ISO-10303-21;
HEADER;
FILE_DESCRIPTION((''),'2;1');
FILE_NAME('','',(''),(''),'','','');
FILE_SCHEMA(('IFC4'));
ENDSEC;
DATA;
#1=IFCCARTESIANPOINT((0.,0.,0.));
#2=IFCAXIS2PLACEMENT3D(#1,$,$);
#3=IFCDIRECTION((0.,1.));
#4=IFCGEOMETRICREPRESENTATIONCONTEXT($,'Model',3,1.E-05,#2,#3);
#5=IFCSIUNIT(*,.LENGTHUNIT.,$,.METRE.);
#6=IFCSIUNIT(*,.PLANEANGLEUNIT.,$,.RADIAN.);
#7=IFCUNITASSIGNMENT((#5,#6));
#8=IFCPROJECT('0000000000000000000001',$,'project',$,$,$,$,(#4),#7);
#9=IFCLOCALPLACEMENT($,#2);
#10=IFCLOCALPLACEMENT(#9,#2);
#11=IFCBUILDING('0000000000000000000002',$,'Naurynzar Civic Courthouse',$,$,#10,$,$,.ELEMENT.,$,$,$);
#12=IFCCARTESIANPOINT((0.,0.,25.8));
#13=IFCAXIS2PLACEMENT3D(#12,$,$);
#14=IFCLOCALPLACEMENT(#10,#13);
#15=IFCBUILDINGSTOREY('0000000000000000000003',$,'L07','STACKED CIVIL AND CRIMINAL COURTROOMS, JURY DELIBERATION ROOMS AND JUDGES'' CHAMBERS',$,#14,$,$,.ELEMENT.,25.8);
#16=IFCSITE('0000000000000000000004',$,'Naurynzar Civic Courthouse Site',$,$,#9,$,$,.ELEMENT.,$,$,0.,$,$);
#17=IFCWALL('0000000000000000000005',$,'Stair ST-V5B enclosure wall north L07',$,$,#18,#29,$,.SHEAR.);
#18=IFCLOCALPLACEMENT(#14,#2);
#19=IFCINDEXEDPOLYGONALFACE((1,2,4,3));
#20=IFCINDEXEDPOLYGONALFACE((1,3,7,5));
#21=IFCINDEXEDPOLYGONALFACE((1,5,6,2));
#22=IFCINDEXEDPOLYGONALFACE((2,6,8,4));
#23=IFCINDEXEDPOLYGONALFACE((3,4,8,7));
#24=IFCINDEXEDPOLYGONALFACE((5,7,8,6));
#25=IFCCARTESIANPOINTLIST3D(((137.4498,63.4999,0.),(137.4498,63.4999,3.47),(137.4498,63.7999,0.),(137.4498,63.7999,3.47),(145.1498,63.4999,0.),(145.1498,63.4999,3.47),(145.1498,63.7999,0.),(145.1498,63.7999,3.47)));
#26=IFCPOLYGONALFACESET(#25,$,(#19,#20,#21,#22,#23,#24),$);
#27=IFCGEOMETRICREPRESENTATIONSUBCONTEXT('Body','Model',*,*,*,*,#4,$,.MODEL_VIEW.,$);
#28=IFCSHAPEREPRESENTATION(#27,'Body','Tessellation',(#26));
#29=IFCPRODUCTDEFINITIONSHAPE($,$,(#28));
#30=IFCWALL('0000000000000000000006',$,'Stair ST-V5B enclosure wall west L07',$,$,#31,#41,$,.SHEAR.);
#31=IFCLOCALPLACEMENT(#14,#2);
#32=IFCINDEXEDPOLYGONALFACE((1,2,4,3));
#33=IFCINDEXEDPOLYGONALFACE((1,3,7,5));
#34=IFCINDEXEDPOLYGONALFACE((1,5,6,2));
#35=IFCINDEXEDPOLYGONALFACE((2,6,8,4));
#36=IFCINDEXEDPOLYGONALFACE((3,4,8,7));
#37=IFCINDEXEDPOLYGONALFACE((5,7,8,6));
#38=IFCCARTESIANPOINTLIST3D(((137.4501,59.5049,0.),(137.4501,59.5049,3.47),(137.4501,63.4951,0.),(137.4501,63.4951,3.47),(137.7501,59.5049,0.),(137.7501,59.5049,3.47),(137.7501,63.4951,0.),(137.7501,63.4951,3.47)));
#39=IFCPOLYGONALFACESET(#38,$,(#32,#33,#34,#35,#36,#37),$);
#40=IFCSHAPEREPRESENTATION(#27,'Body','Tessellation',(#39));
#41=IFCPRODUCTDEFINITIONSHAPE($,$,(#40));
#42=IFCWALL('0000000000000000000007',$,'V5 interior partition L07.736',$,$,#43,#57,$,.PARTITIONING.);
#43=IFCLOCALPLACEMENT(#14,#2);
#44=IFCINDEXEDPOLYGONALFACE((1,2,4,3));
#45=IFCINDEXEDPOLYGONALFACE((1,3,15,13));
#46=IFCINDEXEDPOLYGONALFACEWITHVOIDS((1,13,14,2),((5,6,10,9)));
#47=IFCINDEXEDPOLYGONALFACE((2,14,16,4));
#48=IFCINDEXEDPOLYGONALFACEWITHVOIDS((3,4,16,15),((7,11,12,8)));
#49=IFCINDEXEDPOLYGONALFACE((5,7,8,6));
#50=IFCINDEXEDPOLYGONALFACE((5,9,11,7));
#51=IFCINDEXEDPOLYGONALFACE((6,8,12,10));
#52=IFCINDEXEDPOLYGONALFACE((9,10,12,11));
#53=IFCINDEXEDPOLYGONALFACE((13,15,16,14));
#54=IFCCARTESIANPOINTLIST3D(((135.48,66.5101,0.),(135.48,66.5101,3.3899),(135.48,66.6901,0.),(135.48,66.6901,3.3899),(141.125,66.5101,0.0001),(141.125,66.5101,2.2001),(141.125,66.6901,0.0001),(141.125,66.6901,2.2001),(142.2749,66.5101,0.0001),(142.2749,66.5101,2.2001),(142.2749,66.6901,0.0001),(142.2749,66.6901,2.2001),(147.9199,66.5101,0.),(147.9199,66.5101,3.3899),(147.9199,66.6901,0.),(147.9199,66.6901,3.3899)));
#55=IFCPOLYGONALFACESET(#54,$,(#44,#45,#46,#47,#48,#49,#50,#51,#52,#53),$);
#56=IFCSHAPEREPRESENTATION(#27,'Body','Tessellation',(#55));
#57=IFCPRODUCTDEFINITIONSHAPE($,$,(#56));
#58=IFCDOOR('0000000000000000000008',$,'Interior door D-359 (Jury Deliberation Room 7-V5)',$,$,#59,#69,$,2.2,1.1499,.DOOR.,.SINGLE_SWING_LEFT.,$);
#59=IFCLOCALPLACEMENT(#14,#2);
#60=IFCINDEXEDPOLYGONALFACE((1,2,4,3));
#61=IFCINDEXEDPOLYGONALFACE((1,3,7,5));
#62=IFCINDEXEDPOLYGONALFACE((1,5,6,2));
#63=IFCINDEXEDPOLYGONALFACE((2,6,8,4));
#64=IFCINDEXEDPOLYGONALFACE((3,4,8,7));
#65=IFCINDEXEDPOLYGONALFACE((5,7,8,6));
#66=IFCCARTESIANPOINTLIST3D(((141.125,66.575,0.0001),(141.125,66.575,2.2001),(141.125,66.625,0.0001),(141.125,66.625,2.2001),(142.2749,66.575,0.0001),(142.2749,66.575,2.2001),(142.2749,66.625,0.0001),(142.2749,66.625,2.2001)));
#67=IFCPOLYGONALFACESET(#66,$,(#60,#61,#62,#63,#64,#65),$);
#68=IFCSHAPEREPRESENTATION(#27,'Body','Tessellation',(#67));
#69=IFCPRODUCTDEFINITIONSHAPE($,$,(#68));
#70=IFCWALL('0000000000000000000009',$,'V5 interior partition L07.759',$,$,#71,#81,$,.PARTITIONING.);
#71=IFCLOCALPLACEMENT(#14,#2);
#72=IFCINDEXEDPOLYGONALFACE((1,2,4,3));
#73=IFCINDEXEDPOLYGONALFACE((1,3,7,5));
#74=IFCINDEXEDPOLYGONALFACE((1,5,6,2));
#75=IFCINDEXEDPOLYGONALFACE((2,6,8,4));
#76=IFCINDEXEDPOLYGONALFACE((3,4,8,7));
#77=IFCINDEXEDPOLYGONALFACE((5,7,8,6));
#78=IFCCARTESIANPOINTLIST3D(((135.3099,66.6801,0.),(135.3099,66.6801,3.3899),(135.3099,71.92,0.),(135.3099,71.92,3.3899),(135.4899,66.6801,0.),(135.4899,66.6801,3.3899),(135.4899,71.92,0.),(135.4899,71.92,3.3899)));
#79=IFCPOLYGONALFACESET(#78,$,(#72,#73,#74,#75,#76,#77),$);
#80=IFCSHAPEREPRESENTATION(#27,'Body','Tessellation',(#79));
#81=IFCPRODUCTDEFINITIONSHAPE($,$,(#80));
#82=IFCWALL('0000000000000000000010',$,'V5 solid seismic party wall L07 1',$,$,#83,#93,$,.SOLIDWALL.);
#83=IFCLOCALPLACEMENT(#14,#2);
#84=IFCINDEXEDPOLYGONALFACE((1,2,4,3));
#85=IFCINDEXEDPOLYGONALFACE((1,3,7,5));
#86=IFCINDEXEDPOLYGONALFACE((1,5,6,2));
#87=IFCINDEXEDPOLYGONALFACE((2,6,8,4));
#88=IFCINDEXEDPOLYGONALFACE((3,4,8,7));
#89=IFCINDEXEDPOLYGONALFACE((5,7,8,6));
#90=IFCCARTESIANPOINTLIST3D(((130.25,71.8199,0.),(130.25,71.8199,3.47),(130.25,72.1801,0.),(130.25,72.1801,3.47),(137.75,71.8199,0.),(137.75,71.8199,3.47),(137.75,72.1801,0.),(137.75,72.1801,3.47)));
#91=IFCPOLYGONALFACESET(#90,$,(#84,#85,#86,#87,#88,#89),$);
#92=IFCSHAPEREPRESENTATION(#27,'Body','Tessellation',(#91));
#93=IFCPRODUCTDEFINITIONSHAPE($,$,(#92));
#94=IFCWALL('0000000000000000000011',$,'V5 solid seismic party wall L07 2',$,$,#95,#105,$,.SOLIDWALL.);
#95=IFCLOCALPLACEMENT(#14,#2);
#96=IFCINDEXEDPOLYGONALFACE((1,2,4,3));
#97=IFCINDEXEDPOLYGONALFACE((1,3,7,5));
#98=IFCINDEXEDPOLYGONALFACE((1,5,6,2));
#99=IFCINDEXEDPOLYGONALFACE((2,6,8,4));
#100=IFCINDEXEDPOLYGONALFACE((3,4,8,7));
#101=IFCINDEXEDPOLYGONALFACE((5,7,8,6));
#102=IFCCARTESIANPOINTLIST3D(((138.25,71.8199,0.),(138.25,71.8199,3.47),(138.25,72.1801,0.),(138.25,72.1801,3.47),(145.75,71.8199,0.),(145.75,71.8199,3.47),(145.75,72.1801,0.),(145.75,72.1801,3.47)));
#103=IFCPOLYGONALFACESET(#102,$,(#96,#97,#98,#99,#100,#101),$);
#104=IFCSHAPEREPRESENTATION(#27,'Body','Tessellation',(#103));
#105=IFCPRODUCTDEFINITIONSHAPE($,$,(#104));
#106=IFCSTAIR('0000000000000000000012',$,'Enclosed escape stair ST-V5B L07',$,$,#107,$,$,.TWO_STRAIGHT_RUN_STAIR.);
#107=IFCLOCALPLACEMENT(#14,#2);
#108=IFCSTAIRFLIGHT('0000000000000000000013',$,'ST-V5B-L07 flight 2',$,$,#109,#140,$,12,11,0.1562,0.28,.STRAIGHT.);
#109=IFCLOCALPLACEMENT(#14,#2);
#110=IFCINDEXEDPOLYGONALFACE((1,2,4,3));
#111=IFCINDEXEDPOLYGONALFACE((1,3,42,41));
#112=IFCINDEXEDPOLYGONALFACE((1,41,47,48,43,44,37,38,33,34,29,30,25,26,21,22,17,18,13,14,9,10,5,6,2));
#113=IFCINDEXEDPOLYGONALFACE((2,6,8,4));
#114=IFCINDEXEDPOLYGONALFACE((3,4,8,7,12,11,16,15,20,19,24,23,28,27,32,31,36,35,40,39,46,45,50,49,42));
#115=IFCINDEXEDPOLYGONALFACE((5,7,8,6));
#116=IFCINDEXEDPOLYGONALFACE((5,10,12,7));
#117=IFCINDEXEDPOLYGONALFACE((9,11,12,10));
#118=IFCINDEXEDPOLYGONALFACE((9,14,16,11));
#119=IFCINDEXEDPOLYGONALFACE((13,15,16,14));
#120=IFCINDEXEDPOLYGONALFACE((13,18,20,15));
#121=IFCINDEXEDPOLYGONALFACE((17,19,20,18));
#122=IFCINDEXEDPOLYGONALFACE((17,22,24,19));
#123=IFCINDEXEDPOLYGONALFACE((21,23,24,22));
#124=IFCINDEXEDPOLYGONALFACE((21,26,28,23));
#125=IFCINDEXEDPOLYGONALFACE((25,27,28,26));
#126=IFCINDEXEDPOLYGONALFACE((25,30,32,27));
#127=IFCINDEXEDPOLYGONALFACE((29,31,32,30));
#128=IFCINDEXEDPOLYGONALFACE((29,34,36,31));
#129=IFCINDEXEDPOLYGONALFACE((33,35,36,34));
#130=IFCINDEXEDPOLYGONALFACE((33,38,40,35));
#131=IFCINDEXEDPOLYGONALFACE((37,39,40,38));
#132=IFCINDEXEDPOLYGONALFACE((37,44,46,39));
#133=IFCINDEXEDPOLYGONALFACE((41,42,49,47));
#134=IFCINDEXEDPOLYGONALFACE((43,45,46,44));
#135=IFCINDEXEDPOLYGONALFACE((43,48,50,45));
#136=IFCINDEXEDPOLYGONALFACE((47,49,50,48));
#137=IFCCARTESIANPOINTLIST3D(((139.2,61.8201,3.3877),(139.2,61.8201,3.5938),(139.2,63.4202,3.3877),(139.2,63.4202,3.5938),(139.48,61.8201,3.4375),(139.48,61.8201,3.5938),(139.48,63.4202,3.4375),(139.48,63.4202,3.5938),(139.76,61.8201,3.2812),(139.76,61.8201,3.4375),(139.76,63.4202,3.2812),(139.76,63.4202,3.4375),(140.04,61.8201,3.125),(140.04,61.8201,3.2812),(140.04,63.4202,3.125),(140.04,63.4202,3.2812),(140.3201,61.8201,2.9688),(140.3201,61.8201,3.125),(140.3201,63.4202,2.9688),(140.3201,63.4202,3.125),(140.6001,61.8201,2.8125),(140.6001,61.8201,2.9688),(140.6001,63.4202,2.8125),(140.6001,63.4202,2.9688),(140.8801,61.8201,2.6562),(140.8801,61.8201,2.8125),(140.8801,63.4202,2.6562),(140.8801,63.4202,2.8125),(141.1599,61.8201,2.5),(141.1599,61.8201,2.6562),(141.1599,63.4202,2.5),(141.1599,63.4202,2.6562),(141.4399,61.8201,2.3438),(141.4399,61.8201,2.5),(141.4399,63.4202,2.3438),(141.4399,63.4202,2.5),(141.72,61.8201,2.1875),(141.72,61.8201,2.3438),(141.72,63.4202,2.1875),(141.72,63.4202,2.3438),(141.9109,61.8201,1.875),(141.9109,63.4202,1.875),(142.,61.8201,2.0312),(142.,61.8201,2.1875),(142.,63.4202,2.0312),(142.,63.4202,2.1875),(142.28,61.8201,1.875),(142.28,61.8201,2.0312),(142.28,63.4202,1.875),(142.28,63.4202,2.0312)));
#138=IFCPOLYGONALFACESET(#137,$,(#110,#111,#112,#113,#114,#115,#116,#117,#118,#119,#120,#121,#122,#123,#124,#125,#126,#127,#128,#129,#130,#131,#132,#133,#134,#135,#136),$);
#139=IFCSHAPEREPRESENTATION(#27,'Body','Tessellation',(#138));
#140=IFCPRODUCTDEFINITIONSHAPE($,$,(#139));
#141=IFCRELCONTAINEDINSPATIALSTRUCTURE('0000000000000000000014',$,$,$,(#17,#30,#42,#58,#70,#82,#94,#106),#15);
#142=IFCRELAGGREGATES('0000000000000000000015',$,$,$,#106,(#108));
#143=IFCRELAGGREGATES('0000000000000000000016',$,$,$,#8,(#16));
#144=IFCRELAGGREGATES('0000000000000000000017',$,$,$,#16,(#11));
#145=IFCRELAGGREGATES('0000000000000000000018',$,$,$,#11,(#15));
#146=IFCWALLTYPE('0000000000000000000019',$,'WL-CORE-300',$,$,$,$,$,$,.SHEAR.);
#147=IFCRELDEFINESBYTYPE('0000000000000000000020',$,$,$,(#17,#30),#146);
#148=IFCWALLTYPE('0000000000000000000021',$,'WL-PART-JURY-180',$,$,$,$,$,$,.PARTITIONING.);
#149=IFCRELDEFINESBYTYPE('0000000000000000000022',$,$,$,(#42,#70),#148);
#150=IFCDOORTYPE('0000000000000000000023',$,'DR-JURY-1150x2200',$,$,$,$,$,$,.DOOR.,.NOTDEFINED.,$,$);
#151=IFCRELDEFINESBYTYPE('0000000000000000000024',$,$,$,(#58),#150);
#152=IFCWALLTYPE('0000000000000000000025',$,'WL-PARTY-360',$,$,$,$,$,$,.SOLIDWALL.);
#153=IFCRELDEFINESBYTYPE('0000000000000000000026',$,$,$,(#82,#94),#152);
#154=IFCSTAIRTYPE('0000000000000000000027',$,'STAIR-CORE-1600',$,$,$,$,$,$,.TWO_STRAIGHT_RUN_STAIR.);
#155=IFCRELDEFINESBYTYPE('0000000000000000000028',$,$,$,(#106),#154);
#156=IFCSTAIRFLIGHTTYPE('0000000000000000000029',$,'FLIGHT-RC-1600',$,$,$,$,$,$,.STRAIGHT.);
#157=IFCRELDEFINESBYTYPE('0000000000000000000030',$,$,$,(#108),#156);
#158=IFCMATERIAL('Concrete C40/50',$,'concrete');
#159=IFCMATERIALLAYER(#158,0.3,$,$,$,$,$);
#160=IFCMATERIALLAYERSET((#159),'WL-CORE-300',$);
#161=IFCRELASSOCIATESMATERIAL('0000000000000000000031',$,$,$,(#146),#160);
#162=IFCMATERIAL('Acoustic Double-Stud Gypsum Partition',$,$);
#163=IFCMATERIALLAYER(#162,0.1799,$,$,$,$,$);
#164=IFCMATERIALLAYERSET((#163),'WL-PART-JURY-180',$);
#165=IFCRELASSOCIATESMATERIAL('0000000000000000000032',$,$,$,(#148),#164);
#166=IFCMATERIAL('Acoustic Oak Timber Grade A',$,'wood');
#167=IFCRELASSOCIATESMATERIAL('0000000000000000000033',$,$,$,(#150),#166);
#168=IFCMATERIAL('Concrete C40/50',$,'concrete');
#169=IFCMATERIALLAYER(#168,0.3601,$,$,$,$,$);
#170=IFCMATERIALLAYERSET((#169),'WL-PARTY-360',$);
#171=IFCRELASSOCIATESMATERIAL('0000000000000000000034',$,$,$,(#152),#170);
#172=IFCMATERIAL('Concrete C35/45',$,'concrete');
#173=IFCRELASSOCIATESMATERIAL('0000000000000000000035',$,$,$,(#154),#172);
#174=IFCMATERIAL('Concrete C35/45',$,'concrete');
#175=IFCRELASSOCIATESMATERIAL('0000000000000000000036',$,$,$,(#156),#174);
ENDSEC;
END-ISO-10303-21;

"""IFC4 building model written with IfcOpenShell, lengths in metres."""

from ifc_helpers import new_model, si_unit, direction, frame, frame_2d, origin, place, context, subcontext, project, spatial, polyline, rectangle, outline, extrude, material, layer, layer_set, type_object, element, fill, aggregate, save


model = new_model("IFC4")

# Units and contexts
model_context = context("Model", 3, precision=1e-05, world=origin(), true_north=direction((0.0, 1.0)))
body_context = subcontext(model_context, "Body", "Model", "MODEL_VIEW")
ifc_project = project(units=[si_unit("LENGTHUNIT", "METRE"), si_unit("PLANEANGLEUNIT", "RADIAN")], contexts=[model_context])

# Site, building, storey
site_placement = place(None, origin())
site = spatial("IfcSite", under=ifc_project, at=site_placement, Name="Naurynzar Civic Courthouse Site", CompositionType="ELEMENT", RefElevation=0.0)
building_placement = place(site_placement, origin())
building = spatial("IfcBuilding", under=site, at=building_placement, Name="Naurynzar Civic Courthouse", CompositionType="ELEMENT")
storey_placement = place(building_placement, frame((0.0, 0.0, 25.8)))
storey = spatial("IfcBuildingStorey", under=building, at=storey_placement, Name="L07", Description="STACKED CIVIL AND CRIMINAL COURTROOMS, JURY DELIBERATION ROOMS AND JUDGES' CHAMBERS", CompositionType="ELEMENT", Elevation=25.8)

# Walls
ifc_material_1 = material(Name="Concrete C40/50", Category="concrete")
ifc_layer_1 = layer(ifc_material_1, 0.3)
ifc_layer_set_1 = layer_set([ifc_layer_1], Name="WL-CORE-300")
wall_type_1 = type_object("IfcWallType", Name="WL-CORE-300", PredefinedType="SHEAR", material=ifc_layer_set_1)
wall_1_placement = place(storey_placement, frame((145.1499, 63.6499, 0.0), z_axis=(0.0, 0.0, 1.0), x_axis=(-1.0, 0.0, 0.0)))
element("IfcWall", 1, at=wall_1_placement, inside=storey, type_object=wall_type_1, Name="Stair ST-V5B enclosure wall north L07", PredefinedType="SHEAR", context=body_context, shape_type="SweptSolid", body=[
    extrude(rectangle(XDim=7.7, YDim=0.3, at=frame_2d((3.8501, 0.0))), origin(), (0.0, 0.0, 1.0), 3.47),
])
wall_2_placement = place(storey_placement, frame((137.6001, 63.4951, 0.0), z_axis=(0.0, 0.0, 1.0), x_axis=(0.0, -1.0, 0.0)))
element("IfcWall", 2, at=wall_2_placement, inside=storey, type_object=wall_type_1, Name="Stair ST-V5B enclosure wall west L07", PredefinedType="SHEAR", context=body_context, shape_type="SweptSolid", body=[
    extrude(rectangle(XDim=3.9902, YDim=0.3, at=frame_2d((1.9951, 0.0))), origin(), (0.0, 0.0, 1.0), 3.47),
])

# Wall, opening, door
ifc_material_2 = material(Name="Acoustic Double-Stud Gypsum Partition")
ifc_layer_2 = layer(ifc_material_2, 0.1799)
ifc_layer_set_2 = layer_set([ifc_layer_2], Name="WL-PART-JURY-180")
wall_type_2 = type_object("IfcWallType", Name="WL-PART-JURY-180", PredefinedType="PARTITIONING", material=ifc_layer_set_2)
wall_3_placement = place(storey_placement, frame((135.48, 66.6001, 0.0), z_axis=(0.0, 0.0, 1.0), x_axis=(1.0, 0.0, 0.0)))
wall_3 = element("IfcWall", 3, at=wall_3_placement, inside=storey, type_object=wall_type_2, Name="V5 interior partition L07.736", PredefinedType="PARTITIONING", context=body_context, shape_type="SweptSolid", body=[
    extrude(rectangle(XDim=12.4399, YDim=0.1799, at=frame_2d((6.22, 0.0))), origin(), (0.0, 0.0, 1.0), 3.3899),
])
opening_1_placement = place(wall_3_placement, frame((5.645, 0.0, 0.0)))
opening_1 = element("IfcOpeningElement", 4, at=opening_1_placement, cuts=wall_3, PredefinedType="OPENING", context=body_context, shape_type="SweptSolid", body=[
    extrude(rectangle(XDim=1.1499, YDim=2.2, at=frame_2d((0.575, 1.1001))), frame((0.0, 0.0999, 0.0), z_axis=(0.0, -1.0, 0.0), x_axis=(1.0, 0.0, 0.0)), (0.0, 0.0, 1.0), 0.2),
])
ifc_material_3 = material(Name="Acoustic Oak Timber Grade A", Category="wood")
door_type_1 = type_object("IfcDoorType", Name="DR-JURY-1150x2200", OperationType="NOTDEFINED", PredefinedType="DOOR", material=ifc_material_3)
door_1_placement = place(opening_1_placement, origin())
door_1 = element("IfcDoor", 5, at=door_1_placement, inside=storey, type_object=door_type_1, Name="Interior door D-359 (Jury Deliberation Room 7-V5)", OperationType="SINGLE_SWING_LEFT", OverallHeight=2.2, OverallWidth=1.1499, PredefinedType="DOOR", context=body_context, shape_type="SweptSolid", body=[
    extrude(rectangle(XDim=1.1499, YDim=2.2, at=frame_2d((0.575, 1.1001))), frame((0.0, 0.0249, 0.0), z_axis=(0.0, -1.0, 0.0), x_axis=(1.0, 0.0, 0.0)), (0.0, 0.0, 1.0), 0.05),
])
fill(opening_1, door_1)

# Walls
wall_4_placement = place(storey_placement, frame((135.3999, 66.6799, 0.0), z_axis=(0.0, 0.0, 1.0), x_axis=(0.0, 1.0, 0.0)))
element("IfcWall", 6, at=wall_4_placement, inside=storey, type_object=wall_type_2, Name="V5 interior partition L07.759", PredefinedType="PARTITIONING", context=body_context, shape_type="SweptSolid", body=[
    extrude(rectangle(XDim=5.24, YDim=0.1799, at=frame_2d((2.6201, 0.0))), origin(), (0.0, 0.0, 1.0), 3.3899),
])
ifc_material_4 = material(Name="Concrete C40/50", Category="concrete")
ifc_layer_3 = layer(ifc_material_4, 0.3601)
ifc_layer_set_3 = layer_set([ifc_layer_3], Name="WL-PARTY-360")
wall_type_3 = type_object("IfcWallType", Name="WL-PARTY-360", PredefinedType="SOLIDWALL", material=ifc_layer_set_3)
for number, where, z_axis, x_axis, name in (
    (7, (130.25, 72.0, 0.0), (0.0, 0.0, 1.0), (1.0, 0.0, 0.0), "V5 solid seismic party wall L07 1"),
    (8, (138.25, 72.0, 0.0), (0.0, 0.0, 1.0), (1.0, 0.0, 0.0), "V5 solid seismic party wall L07 2"),
):
    element("IfcWall", number, at=place(storey_placement, frame(where, z_axis=z_axis, x_axis=x_axis)), inside=storey, type_object=wall_type_3, Name=name, PredefinedType="SOLIDWALL", context=body_context, shape_type="SweptSolid", body=[
        extrude(rectangle(XDim=7.5, YDim=0.3601, at=frame_2d((3.75, 0.0))), origin(), (0.0, 0.0, 1.0), 3.47),
    ])

# Stair, stair flight
ifc_material_5 = material(Name="Concrete C35/45", Category="concrete")
stair_type = type_object("IfcStairType", Name="STAIR-CORE-1600", PredefinedType="TWO_STRAIGHT_RUN_STAIR", material=ifc_material_5)
stair_placement = place(storey_placement, origin())
stair = element("IfcStair", 9, at=stair_placement, inside=storey, type_object=stair_type, Name="Enclosed escape stair ST-V5B L07", PredefinedType="TWO_STRAIGHT_RUN_STAIR")
ifc_material_6 = material(Name="Concrete C35/45", Category="concrete")
stair_flight_type = type_object("IfcStairFlightType", Name="FLIGHT-RC-1600", PredefinedType="STRAIGHT", material=ifc_material_6)
stair_flight_placement = place(storey_placement, frame((142.28, 62.6201, 1.875), z_axis=(0.0, 0.0, 1.0), x_axis=(-1.0, 0.0, 0.0)))
stair_flight = element("IfcStairFlight", 10, at=stair_flight_placement, type_object=stair_flight_type, Name="ST-V5B-L07 flight 2", NumberOfRisers=12, NumberOfTreads=11, PredefinedType="STRAIGHT", RiserHeight=0.1562, TreadLength=0.28, context=body_context, shape_type="SweptSolid", body=[
    extrude(outline(polyline([(0.0, 0.0), (0.0, 0.1562), (0.28, 0.1562), (0.28, 0.3125), (0.5601, 0.3125), (0.5601, 0.4688), (0.8401, 0.4688), (0.8401, 0.625), (1.1201, 0.625), (1.1201, 0.7812), (1.3999, 0.7812), (1.3999, 0.9375), (1.6799, 0.9375), (1.6799, 1.0938), (1.96, 1.0938), (1.96, 1.25), (2.24, 1.25), (2.24, 1.4062), (2.52, 1.4062), (2.52, 1.5625), (2.8, 1.5625), (2.8, 1.7188), (3.0801, 1.7188), (3.0801, 1.875), (3.0801, 1.5127), (0.3691, 0.0), (0.0, 0.0)])), frame((0.0, 0.8, 0.0), z_axis=(0.0, -1.0, 0.0), x_axis=(1.0, 0.0, 0.0)), (0.0, 0.0, 1.0), 1.6001),
])
aggregate(stair, [stair_flight])

save(model, "model.ifc")
